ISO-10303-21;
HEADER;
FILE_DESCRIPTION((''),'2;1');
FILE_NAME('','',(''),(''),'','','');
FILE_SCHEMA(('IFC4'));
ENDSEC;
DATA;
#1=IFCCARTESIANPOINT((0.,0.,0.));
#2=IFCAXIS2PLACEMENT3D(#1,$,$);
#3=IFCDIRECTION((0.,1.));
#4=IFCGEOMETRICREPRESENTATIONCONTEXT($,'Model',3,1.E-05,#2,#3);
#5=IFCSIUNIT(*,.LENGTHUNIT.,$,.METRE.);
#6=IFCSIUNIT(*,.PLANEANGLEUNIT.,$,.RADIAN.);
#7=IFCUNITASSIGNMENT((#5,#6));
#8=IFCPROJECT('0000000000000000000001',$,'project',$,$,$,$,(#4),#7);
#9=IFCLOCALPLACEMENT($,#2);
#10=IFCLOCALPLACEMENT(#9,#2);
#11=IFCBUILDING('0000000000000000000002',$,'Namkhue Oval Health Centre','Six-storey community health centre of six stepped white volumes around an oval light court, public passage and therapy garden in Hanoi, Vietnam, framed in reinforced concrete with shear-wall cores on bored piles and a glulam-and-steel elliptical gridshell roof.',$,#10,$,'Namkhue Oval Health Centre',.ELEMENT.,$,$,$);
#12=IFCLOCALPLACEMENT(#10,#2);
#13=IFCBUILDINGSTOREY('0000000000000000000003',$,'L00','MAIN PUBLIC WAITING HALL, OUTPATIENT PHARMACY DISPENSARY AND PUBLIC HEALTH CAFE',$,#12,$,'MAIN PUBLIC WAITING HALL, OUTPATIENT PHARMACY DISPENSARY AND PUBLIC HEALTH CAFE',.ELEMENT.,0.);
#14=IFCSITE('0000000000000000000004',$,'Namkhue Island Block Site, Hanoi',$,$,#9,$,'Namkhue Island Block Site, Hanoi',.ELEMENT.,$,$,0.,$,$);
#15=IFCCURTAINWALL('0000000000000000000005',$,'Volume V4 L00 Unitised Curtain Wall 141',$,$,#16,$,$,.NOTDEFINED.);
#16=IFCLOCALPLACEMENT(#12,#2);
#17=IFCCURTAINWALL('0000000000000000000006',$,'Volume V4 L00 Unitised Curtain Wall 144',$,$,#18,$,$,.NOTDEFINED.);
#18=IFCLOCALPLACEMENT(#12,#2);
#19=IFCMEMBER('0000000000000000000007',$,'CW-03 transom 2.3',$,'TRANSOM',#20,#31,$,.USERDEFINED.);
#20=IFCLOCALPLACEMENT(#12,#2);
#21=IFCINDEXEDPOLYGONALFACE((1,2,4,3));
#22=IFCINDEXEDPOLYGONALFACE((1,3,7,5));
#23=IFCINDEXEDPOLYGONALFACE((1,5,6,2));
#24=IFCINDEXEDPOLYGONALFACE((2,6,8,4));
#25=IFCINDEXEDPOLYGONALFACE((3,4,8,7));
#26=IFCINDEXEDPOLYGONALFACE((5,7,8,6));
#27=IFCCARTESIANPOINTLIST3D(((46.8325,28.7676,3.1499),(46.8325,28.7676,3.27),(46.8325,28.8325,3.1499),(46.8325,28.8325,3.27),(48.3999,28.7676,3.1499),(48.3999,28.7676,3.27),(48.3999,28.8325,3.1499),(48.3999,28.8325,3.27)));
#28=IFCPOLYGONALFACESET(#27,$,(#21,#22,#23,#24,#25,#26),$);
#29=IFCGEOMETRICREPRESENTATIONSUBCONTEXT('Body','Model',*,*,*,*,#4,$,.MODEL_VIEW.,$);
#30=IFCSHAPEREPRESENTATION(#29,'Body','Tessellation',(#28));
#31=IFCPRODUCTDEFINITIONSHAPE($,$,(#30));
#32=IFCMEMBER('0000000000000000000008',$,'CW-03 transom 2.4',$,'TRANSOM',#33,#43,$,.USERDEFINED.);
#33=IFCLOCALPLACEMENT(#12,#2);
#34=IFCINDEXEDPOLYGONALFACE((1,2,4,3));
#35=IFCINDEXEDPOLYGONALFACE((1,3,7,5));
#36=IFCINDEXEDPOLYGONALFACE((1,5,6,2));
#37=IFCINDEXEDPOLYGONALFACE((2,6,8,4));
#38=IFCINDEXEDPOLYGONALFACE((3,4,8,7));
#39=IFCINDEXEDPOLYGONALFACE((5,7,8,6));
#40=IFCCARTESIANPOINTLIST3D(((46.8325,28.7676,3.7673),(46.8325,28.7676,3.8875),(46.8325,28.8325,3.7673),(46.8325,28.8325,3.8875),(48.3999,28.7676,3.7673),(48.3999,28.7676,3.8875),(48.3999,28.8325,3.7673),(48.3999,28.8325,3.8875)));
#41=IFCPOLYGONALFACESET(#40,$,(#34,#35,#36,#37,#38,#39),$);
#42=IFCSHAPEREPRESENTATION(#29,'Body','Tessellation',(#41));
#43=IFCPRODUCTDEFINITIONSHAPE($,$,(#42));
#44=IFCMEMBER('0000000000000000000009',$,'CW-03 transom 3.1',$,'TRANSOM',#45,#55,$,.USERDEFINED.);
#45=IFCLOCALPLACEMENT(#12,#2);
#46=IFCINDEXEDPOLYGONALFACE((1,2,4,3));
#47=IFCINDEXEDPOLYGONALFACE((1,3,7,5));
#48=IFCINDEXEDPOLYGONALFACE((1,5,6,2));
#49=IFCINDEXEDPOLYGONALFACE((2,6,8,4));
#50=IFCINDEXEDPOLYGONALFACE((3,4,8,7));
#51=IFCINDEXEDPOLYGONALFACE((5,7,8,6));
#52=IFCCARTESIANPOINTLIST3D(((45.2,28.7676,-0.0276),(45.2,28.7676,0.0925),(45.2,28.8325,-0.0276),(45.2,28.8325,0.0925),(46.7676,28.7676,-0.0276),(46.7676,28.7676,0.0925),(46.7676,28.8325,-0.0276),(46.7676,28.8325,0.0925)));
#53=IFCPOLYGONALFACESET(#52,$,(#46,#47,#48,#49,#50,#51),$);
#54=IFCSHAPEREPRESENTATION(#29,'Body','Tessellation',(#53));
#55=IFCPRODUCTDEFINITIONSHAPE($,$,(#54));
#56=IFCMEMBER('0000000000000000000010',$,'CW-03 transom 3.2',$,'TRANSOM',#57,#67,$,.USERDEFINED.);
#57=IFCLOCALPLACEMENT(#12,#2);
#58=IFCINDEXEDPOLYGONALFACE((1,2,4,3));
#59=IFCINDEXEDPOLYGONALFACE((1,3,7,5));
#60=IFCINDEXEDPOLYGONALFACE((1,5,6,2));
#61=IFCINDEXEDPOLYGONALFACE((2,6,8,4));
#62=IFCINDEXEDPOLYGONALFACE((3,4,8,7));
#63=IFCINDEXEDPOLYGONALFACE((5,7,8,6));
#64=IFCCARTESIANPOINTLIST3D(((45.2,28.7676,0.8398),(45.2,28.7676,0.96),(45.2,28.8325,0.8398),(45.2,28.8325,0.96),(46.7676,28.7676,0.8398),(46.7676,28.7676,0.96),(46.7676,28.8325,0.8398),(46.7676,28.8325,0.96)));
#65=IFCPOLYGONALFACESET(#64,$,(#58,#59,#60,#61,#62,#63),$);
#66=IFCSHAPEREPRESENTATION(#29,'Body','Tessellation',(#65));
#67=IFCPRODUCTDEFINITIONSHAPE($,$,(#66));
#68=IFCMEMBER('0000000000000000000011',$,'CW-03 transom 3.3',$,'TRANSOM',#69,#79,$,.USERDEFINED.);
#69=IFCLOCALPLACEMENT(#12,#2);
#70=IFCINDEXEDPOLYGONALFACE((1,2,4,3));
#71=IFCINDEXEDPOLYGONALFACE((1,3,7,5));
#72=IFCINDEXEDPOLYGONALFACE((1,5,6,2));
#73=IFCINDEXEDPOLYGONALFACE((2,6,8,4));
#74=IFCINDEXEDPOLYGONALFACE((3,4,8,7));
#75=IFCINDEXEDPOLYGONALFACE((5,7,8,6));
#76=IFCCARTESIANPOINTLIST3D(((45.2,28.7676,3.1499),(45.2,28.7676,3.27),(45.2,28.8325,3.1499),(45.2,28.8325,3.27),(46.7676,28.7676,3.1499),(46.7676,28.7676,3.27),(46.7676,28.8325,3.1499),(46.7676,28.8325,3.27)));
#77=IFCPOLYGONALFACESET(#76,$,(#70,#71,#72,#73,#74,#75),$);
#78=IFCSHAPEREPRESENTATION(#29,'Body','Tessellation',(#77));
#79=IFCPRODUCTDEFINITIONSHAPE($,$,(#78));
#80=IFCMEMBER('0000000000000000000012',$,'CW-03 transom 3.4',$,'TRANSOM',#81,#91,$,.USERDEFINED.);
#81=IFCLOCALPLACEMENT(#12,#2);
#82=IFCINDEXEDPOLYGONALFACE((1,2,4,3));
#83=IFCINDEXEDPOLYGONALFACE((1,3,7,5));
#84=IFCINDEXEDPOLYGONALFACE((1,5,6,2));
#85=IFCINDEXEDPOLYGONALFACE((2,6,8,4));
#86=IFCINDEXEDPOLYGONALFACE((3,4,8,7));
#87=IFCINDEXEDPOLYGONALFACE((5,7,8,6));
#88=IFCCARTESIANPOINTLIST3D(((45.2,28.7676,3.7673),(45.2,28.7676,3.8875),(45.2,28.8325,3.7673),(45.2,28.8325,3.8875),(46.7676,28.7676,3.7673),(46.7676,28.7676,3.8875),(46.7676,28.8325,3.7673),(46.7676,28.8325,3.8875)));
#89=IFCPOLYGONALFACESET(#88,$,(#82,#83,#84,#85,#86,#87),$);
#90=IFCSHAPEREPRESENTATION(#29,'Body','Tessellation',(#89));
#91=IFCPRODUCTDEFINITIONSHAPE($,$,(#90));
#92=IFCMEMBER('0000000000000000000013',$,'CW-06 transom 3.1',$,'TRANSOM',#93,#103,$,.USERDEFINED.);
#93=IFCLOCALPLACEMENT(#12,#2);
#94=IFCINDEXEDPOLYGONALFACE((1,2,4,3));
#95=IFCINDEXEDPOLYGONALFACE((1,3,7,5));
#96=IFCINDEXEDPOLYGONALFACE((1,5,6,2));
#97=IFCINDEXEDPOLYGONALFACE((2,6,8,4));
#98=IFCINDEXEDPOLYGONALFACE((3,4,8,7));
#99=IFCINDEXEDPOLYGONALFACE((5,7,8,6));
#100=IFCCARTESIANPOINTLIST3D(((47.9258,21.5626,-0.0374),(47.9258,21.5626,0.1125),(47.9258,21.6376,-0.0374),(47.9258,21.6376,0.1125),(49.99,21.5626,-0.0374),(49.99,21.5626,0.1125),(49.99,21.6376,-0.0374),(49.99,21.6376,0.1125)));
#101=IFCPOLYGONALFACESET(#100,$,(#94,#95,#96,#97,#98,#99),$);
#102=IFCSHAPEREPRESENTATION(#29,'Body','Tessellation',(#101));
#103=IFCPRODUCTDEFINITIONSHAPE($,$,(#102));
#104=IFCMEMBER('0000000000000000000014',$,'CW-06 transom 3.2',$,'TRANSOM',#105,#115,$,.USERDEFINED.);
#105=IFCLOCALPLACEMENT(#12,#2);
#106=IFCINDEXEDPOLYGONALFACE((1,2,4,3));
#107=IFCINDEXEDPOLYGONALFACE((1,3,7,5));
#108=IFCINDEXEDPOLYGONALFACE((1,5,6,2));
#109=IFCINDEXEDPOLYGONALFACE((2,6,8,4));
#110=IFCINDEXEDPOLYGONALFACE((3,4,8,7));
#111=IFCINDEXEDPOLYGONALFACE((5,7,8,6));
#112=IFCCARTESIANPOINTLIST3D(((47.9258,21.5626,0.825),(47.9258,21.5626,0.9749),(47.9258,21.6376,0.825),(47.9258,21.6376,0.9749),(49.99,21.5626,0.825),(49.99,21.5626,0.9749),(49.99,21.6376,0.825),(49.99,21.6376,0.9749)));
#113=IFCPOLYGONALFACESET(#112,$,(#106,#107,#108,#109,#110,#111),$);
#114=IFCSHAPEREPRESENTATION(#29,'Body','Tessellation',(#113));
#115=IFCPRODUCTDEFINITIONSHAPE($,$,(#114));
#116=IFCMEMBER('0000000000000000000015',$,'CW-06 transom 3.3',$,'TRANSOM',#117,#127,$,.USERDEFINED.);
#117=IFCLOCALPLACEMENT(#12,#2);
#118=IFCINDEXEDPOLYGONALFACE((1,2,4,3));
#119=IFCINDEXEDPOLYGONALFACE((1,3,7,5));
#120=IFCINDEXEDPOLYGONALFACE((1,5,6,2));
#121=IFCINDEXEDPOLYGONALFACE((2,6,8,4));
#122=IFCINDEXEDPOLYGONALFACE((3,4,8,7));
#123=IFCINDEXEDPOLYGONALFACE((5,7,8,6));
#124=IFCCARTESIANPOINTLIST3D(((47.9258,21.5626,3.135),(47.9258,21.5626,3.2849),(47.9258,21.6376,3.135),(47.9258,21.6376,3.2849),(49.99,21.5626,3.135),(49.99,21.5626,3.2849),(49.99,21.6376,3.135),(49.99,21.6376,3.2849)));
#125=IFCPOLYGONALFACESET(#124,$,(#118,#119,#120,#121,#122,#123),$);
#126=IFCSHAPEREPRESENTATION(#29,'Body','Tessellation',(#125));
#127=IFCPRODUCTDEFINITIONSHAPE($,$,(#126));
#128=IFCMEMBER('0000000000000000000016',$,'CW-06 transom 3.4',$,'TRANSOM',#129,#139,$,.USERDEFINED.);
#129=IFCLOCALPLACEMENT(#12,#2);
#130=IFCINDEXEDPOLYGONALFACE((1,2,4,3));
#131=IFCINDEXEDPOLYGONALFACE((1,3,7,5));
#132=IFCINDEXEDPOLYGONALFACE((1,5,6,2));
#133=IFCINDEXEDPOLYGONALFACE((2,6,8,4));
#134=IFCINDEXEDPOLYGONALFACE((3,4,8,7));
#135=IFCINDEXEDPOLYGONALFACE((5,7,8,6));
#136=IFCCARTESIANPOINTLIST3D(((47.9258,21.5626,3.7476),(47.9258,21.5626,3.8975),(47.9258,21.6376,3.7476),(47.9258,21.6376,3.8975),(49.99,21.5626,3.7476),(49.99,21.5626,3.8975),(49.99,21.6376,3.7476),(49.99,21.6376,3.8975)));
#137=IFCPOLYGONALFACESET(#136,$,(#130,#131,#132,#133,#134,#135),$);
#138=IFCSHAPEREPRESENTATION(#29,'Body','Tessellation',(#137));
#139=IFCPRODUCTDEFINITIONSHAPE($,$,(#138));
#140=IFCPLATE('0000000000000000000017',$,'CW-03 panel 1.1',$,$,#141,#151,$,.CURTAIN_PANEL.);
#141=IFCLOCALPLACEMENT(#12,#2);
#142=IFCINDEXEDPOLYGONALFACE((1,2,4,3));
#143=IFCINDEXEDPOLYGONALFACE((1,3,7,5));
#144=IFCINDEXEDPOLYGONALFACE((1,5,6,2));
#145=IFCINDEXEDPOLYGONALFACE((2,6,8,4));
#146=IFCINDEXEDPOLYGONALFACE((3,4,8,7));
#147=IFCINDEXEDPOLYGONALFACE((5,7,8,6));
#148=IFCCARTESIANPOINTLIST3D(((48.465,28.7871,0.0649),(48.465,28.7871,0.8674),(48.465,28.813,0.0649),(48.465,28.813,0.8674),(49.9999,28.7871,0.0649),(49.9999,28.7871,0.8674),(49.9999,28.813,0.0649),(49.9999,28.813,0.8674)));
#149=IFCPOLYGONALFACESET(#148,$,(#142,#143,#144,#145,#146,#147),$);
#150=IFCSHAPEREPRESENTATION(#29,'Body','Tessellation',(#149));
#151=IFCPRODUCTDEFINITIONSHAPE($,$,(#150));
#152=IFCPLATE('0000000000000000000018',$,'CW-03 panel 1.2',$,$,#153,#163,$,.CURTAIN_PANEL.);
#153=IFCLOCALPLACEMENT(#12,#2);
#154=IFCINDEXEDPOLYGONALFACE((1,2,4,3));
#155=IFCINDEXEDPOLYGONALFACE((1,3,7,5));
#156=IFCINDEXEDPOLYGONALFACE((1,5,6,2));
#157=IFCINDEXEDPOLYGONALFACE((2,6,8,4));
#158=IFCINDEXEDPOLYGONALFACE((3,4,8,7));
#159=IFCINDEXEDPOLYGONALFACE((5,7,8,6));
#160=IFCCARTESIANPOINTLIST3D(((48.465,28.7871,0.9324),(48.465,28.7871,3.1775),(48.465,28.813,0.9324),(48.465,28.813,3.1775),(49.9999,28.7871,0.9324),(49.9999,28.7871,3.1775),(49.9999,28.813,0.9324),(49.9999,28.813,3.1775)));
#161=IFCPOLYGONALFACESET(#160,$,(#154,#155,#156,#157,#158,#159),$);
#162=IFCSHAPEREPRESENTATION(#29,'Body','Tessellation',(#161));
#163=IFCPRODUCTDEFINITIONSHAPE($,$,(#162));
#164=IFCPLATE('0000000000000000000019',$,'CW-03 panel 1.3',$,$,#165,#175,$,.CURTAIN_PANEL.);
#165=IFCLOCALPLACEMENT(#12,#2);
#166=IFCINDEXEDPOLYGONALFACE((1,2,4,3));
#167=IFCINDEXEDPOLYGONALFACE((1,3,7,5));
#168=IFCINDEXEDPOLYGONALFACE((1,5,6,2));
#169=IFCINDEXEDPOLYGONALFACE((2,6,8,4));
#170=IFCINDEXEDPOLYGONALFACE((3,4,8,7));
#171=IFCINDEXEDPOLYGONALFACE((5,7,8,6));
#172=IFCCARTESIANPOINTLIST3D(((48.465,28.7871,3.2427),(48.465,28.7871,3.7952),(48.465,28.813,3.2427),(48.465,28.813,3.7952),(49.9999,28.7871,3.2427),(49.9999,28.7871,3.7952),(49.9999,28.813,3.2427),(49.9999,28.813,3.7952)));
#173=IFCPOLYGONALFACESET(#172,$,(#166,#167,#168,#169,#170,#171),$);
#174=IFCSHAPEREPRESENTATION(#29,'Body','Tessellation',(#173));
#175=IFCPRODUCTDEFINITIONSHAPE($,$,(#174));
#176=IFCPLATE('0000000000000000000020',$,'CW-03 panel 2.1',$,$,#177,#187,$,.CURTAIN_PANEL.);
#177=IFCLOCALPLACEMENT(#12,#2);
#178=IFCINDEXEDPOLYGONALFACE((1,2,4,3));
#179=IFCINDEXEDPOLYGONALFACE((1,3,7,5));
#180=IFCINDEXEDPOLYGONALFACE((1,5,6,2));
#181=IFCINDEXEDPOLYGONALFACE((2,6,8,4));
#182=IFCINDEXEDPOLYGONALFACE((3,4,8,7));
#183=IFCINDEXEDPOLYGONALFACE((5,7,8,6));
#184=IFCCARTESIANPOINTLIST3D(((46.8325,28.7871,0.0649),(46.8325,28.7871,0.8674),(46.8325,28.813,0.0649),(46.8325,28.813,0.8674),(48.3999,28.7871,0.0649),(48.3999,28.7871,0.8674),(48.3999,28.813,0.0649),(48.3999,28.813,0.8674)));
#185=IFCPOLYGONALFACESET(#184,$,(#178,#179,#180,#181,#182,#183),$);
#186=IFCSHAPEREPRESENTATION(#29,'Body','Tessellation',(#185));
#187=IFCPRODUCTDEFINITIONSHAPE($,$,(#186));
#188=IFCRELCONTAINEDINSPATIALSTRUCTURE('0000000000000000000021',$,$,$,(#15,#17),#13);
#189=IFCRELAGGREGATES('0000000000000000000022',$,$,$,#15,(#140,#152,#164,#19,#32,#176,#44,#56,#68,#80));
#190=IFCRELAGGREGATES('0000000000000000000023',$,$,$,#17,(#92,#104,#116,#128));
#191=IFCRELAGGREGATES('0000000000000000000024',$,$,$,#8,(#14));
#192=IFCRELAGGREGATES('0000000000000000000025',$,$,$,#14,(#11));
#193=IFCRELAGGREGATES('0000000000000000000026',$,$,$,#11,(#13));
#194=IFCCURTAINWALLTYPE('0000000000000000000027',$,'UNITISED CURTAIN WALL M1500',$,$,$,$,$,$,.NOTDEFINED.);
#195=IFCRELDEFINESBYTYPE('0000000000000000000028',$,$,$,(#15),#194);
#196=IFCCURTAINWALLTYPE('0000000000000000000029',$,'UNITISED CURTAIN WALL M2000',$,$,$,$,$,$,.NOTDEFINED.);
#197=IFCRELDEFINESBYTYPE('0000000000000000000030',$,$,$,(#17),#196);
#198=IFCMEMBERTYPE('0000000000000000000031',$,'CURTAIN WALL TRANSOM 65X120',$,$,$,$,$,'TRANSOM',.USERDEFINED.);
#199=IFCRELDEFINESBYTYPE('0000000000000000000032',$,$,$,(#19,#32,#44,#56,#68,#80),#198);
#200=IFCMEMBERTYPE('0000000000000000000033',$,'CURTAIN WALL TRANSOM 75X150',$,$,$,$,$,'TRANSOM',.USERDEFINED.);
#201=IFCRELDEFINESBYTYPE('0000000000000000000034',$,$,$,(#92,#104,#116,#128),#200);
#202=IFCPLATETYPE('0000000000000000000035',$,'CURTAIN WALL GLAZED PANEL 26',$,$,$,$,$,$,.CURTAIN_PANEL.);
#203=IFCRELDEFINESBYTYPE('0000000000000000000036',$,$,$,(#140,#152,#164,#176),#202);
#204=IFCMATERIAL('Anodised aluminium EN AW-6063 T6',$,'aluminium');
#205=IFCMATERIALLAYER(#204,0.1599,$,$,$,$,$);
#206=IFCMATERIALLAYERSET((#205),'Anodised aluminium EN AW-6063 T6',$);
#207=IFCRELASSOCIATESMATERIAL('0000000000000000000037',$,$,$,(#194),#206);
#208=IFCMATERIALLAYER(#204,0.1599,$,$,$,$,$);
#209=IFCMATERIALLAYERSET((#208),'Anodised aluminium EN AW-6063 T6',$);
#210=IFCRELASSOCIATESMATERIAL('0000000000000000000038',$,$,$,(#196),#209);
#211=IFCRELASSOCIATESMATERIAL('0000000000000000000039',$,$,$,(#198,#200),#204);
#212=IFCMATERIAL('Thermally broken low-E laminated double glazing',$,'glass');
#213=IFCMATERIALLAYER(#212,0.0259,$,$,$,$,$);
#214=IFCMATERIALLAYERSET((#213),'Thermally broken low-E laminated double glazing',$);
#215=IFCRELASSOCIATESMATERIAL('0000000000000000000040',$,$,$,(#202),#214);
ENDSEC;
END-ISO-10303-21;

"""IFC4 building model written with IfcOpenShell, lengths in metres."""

from ifc_helpers import new_model, si_unit, direction, frame, origin, origin_2d, place, context, subcontext, project, spatial, rectangle, extrude, material, layer, layer_set, material_profile, profile_set, type_object, element, aggregate, save


model = new_model("IFC4")

# Units and contexts
model_context = context("Model", 3, precision=1e-05, world=origin(), true_north=direction((0.0, 1.0)))
body_context = subcontext(model_context, "Body", "Model", "MODEL_VIEW")
ifc_project = project(units=[si_unit("LENGTHUNIT", "METRE"), si_unit("PLANEANGLEUNIT", "RADIAN")], contexts=[model_context])

# Site, building, storey
site_placement = place(None, origin())
site = spatial("IfcSite", under=ifc_project, at=site_placement, Name="Namkhue Island Block Site, Hanoi", LongName="Namkhue Island Block Site, Hanoi", CompositionType="ELEMENT", RefElevation=0.0)
building_placement = place(site_placement, origin())
building = spatial("IfcBuilding", under=site, at=building_placement, Name="Namkhue Oval Health Centre", Description="Six-storey community health centre of six stepped white volumes around an oval light court, public passage and therapy garden in Hanoi, Vietnam, framed in reinforced concrete with shear-wall cores on bored piles and a glulam-and-steel elliptical gridshell roof.", LongName="Namkhue Oval Health Centre", CompositionType="ELEMENT")
storey_placement = place(building_placement, origin())
storey = spatial("IfcBuildingStorey", under=building, at=storey_placement, Name="L00", Description="MAIN PUBLIC WAITING HALL, OUTPATIENT PHARMACY DISPENSARY AND PUBLIC HEALTH CAFE", LongName="MAIN PUBLIC WAITING HALL, OUTPATIENT PHARMACY DISPENSARY AND PUBLIC HEALTH CAFE", CompositionType="ELEMENT", Elevation=0.0)

# Curtain walls
ifc_material_1 = material(Name="Anodised aluminium EN AW-6063 T6", Category="aluminium")
ifc_layer_1 = layer(ifc_material_1, 0.1599)
ifc_layer_set_1 = layer_set([ifc_layer_1], Name="Anodised aluminium EN AW-6063 T6")
curtain_wall_type_1 = type_object("IfcCurtainWallType", Name="UNITISED CURTAIN WALL M1500", PredefinedType="NOTDEFINED", material=ifc_layer_set_1)
curtain_wall_1_placement = place(storey_placement, origin())
curtain_wall_1 = element("IfcCurtainWall", 1, at=curtain_wall_1_placement, inside=storey, type_object=curtain_wall_type_1, Name="Volume V4 L00 Unitised Curtain Wall 141", PredefinedType="NOTDEFINED")
ifc_layer_2 = layer(ifc_material_1, 0.1599)
ifc_layer_set_2 = layer_set([ifc_layer_2], Name="Anodised aluminium EN AW-6063 T6")
curtain_wall_type_2 = type_object("IfcCurtainWallType", Name="UNITISED CURTAIN WALL M2000", PredefinedType="NOTDEFINED", material=ifc_layer_set_2)
curtain_wall_2_placement = place(storey_placement, origin())
curtain_wall_2 = element("IfcCurtainWall", 2, at=curtain_wall_2_placement, inside=storey, type_object=curtain_wall_type_2, Name="Volume V4 L00 Unitised Curtain Wall 144", PredefinedType="NOTDEFINED")

# Members
ifc_material_profile_1 = material_profile(ifc_material_1, rectangle(XDim=0.0649, YDim=0.1201, at=origin_2d()), Name="ALU 65x120")
ifc_profile_set_1 = profile_set([ifc_material_profile_1], Name="Anodised aluminium EN AW-6063 T6")
member_type_1 = type_object("IfcMemberType", Name="CURTAIN WALL TRANSOM 65X120", ElementType="TRANSOM", PredefinedType="USERDEFINED", material=ifc_profile_set_1)
member_1_placement = place(storey_placement, frame((48.3999, 28.8, 3.21), z_axis=(-1.0, 0.0, 0.0), x_axis=(0.0, -1.0, 0.0)))
member_1 = element("IfcMember", 3, at=member_1_placement, type_object=member_type_1, Name="CW-03 transom 2.3", ObjectType="TRANSOM", PredefinedType="USERDEFINED", context=body_context, shape_type="SweptSolid", body=[
    extrude(rectangle(XDim=0.0649, YDim=0.1201, at=origin_2d()), origin(), (0.0, 0.0, 1.0), 1.5674),
])
member_2_placement = place(storey_placement, frame((48.3999, 28.8, 3.8274), z_axis=(-1.0, 0.0, 0.0), x_axis=(0.0, -1.0, 0.0)))
member_2 = element("IfcMember", 4, at=member_2_placement, type_object=member_type_1, Name="CW-03 transom 2.4", ObjectType="TRANSOM", PredefinedType="USERDEFINED", context=body_context, shape_type="SweptSolid", body=[
    extrude(rectangle(XDim=0.0649, YDim=0.1201, at=origin_2d()), origin(), (0.0, 0.0, 1.0), 1.5674),
])
member_3_placement = place(storey_placement, frame((46.7676, 28.8, 0.0325), z_axis=(-1.0, 0.0, 0.0), x_axis=(0.0, -1.0, 0.0)))
member_3 = element("IfcMember", 5, at=member_3_placement, type_object=member_type_1, Name="CW-03 transom 3.1", ObjectType="TRANSOM", PredefinedType="USERDEFINED", context=body_context, shape_type="SweptSolid", body=[
    extrude(rectangle(XDim=0.0649, YDim=0.1201, at=origin_2d()), origin(), (0.0, 0.0, 1.0), 1.5676),
])
member_4_placement = place(storey_placement, frame((46.7676, 28.8, 0.8999), z_axis=(-1.0, 0.0, 0.0), x_axis=(0.0, -1.0, 0.0)))
member_4 = element("IfcMember", 6, at=member_4_placement, type_object=member_type_1, Name="CW-03 transom 3.2", ObjectType="TRANSOM", PredefinedType="USERDEFINED", context=body_context, shape_type="SweptSolid", body=[
    extrude(rectangle(XDim=0.0649, YDim=0.1201, at=origin_2d()), origin(), (0.0, 0.0, 1.0), 1.5676),
])
member_5_placement = place(storey_placement, frame((46.7676, 28.8, 3.21), z_axis=(-1.0, 0.0, 0.0), x_axis=(0.0, -1.0, 0.0)))
member_5 = element("IfcMember", 7, at=member_5_placement, type_object=member_type_1, Name="CW-03 transom 3.3", ObjectType="TRANSOM", PredefinedType="USERDEFINED", context=body_context, shape_type="SweptSolid", body=[
    extrude(rectangle(XDim=0.0649, YDim=0.1201, at=origin_2d()), origin(), (0.0, 0.0, 1.0), 1.5676),
])
member_6_placement = place(storey_placement, frame((46.7676, 28.8, 3.8274), z_axis=(-1.0, 0.0, 0.0), x_axis=(0.0, -1.0, 0.0)))
member_6 = element("IfcMember", 8, at=member_6_placement, type_object=member_type_1, Name="CW-03 transom 3.4", ObjectType="TRANSOM", PredefinedType="USERDEFINED", context=body_context, shape_type="SweptSolid", body=[
    extrude(rectangle(XDim=0.0649, YDim=0.1201, at=origin_2d()), origin(), (0.0, 0.0, 1.0), 1.5676),
])
ifc_material_profile_2 = material_profile(ifc_material_1, rectangle(XDim=0.075, YDim=0.1499, at=origin_2d()), Name="ALU 75x150")
ifc_profile_set_2 = profile_set([ifc_material_profile_2], Name="Anodised aluminium EN AW-6063 T6")
member_type_2 = type_object("IfcMemberType", Name="CURTAIN WALL TRANSOM 75X150", ElementType="TRANSOM", PredefinedType="USERDEFINED", material=ifc_profile_set_2)
member_7_placement = place(storey_placement, frame((47.9258, 21.6001, 0.0376), z_axis=(1.0, 0.0, 0.0), x_axis=(0.0, 1.0, 0.0)))
member_7 = element("IfcMember", 9, at=member_7_placement, type_object=member_type_2, Name="CW-06 transom 3.1", ObjectType="TRANSOM", PredefinedType="USERDEFINED", context=body_context, shape_type="SweptSolid", body=[
    extrude(rectangle(XDim=0.075, YDim=0.1499, at=origin_2d()), origin(), (0.0, 0.0, 1.0), 2.0642),
])
member_8_placement = place(storey_placement, frame((47.9258, 21.6001, 0.8999), z_axis=(1.0, 0.0, 0.0), x_axis=(0.0, 1.0, 0.0)))
member_8 = element("IfcMember", 10, at=member_8_placement, type_object=member_type_2, Name="CW-06 transom 3.2", ObjectType="TRANSOM", PredefinedType="USERDEFINED", context=body_context, shape_type="SweptSolid", body=[
    extrude(rectangle(XDim=0.075, YDim=0.1499, at=origin_2d()), origin(), (0.0, 0.0, 1.0), 2.0642),
])
member_9_placement = place(storey_placement, frame((47.9258, 21.6001, 3.21), z_axis=(1.0, 0.0, 0.0), x_axis=(0.0, 1.0, 0.0)))
member_9 = element("IfcMember", 11, at=member_9_placement, type_object=member_type_2, Name="CW-06 transom 3.3", ObjectType="TRANSOM", PredefinedType="USERDEFINED", context=body_context, shape_type="SweptSolid", body=[
    extrude(rectangle(XDim=0.075, YDim=0.1499, at=origin_2d()), origin(), (0.0, 0.0, 1.0), 2.0642),
])
member_10_placement = place(storey_placement, frame((47.9258, 21.6001, 3.8225), z_axis=(1.0, 0.0, 0.0), x_axis=(0.0, 1.0, 0.0)))
member_10 = element("IfcMember", 12, at=member_10_placement, type_object=member_type_2, Name="CW-06 transom 3.4", ObjectType="TRANSOM", PredefinedType="USERDEFINED", context=body_context, shape_type="SweptSolid", body=[
    extrude(rectangle(XDim=0.075, YDim=0.1499, at=origin_2d()), origin(), (0.0, 0.0, 1.0), 2.0642),
])

# Plates
ifc_material_2 = material(Name="Thermally broken low-E laminated double glazing", Category="glass")
ifc_layer_3 = layer(ifc_material_2, 0.0259)
ifc_layer_set_3 = layer_set([ifc_layer_3], Name="Thermally broken low-E laminated double glazing")
plate_type_1 = type_object("IfcPlateType", Name="CURTAIN WALL GLAZED PANEL 26", PredefinedType="CURTAIN_PANEL", material=ifc_layer_set_3)
plate_1_placement = place(storey_placement, frame((49.2324, 28.8, 0.0649), z_axis=(0.0, 0.0, 1.0), x_axis=(-1.0, 0.0, 0.0)))
plate_1 = element("IfcPlate", 13, at=plate_1_placement, type_object=plate_type_1, Name="CW-03 panel 1.1", PredefinedType="CURTAIN_PANEL", context=body_context, shape_type="SweptSolid", body=[
    extrude(rectangle(XDim=1.5349, YDim=0.0259, at=origin_2d()), origin(), (0.0, 0.0, 1.0), 0.8025),
])
plate_2_placement = place(storey_placement, frame((49.2324, 28.8, 0.9324), z_axis=(0.0, 0.0, 1.0), x_axis=(-1.0, 0.0, 0.0)))
plate_2 = element("IfcPlate", 14, at=plate_2_placement, type_object=plate_type_1, Name="CW-03 panel 1.2", PredefinedType="CURTAIN_PANEL", context=body_context, shape_type="SweptSolid", body=[
    extrude(rectangle(XDim=1.5349, YDim=0.0259, at=origin_2d()), origin(), (0.0, 0.0, 1.0), 2.2451),
])
plate_3_placement = place(storey_placement, frame((49.2324, 28.8, 3.2427), z_axis=(0.0, 0.0, 1.0), x_axis=(-1.0, 0.0, 0.0)))
plate_3 = element("IfcPlate", 15, at=plate_3_placement, type_object=plate_type_1, Name="CW-03 panel 1.3", PredefinedType="CURTAIN_PANEL", context=body_context, shape_type="SweptSolid", body=[
    extrude(rectangle(XDim=1.5349, YDim=0.0259, at=origin_2d()), origin(), (0.0, 0.0, 1.0), 0.5525),
])
plate_4_placement = place(storey_placement, frame((47.6162, 28.8, 0.0649), z_axis=(0.0, 0.0, 1.0), x_axis=(-1.0, 0.0, 0.0)))
plate_4 = element("IfcPlate", 16, at=plate_4_placement, type_object=plate_type_1, Name="CW-03 panel 2.1", PredefinedType="CURTAIN_PANEL", context=body_context, shape_type="SweptSolid", body=[
    extrude(rectangle(XDim=1.5674, YDim=0.0259, at=origin_2d()), origin(), (0.0, 0.0, 1.0), 0.8025),
])
aggregate(curtain_wall_1, [plate_1, plate_2, plate_3, member_1, member_2, plate_4, member_3, member_4, member_5, member_6])
aggregate(curtain_wall_2, [member_7, member_8, member_9, member_10])

save(model, "model.ifc")
